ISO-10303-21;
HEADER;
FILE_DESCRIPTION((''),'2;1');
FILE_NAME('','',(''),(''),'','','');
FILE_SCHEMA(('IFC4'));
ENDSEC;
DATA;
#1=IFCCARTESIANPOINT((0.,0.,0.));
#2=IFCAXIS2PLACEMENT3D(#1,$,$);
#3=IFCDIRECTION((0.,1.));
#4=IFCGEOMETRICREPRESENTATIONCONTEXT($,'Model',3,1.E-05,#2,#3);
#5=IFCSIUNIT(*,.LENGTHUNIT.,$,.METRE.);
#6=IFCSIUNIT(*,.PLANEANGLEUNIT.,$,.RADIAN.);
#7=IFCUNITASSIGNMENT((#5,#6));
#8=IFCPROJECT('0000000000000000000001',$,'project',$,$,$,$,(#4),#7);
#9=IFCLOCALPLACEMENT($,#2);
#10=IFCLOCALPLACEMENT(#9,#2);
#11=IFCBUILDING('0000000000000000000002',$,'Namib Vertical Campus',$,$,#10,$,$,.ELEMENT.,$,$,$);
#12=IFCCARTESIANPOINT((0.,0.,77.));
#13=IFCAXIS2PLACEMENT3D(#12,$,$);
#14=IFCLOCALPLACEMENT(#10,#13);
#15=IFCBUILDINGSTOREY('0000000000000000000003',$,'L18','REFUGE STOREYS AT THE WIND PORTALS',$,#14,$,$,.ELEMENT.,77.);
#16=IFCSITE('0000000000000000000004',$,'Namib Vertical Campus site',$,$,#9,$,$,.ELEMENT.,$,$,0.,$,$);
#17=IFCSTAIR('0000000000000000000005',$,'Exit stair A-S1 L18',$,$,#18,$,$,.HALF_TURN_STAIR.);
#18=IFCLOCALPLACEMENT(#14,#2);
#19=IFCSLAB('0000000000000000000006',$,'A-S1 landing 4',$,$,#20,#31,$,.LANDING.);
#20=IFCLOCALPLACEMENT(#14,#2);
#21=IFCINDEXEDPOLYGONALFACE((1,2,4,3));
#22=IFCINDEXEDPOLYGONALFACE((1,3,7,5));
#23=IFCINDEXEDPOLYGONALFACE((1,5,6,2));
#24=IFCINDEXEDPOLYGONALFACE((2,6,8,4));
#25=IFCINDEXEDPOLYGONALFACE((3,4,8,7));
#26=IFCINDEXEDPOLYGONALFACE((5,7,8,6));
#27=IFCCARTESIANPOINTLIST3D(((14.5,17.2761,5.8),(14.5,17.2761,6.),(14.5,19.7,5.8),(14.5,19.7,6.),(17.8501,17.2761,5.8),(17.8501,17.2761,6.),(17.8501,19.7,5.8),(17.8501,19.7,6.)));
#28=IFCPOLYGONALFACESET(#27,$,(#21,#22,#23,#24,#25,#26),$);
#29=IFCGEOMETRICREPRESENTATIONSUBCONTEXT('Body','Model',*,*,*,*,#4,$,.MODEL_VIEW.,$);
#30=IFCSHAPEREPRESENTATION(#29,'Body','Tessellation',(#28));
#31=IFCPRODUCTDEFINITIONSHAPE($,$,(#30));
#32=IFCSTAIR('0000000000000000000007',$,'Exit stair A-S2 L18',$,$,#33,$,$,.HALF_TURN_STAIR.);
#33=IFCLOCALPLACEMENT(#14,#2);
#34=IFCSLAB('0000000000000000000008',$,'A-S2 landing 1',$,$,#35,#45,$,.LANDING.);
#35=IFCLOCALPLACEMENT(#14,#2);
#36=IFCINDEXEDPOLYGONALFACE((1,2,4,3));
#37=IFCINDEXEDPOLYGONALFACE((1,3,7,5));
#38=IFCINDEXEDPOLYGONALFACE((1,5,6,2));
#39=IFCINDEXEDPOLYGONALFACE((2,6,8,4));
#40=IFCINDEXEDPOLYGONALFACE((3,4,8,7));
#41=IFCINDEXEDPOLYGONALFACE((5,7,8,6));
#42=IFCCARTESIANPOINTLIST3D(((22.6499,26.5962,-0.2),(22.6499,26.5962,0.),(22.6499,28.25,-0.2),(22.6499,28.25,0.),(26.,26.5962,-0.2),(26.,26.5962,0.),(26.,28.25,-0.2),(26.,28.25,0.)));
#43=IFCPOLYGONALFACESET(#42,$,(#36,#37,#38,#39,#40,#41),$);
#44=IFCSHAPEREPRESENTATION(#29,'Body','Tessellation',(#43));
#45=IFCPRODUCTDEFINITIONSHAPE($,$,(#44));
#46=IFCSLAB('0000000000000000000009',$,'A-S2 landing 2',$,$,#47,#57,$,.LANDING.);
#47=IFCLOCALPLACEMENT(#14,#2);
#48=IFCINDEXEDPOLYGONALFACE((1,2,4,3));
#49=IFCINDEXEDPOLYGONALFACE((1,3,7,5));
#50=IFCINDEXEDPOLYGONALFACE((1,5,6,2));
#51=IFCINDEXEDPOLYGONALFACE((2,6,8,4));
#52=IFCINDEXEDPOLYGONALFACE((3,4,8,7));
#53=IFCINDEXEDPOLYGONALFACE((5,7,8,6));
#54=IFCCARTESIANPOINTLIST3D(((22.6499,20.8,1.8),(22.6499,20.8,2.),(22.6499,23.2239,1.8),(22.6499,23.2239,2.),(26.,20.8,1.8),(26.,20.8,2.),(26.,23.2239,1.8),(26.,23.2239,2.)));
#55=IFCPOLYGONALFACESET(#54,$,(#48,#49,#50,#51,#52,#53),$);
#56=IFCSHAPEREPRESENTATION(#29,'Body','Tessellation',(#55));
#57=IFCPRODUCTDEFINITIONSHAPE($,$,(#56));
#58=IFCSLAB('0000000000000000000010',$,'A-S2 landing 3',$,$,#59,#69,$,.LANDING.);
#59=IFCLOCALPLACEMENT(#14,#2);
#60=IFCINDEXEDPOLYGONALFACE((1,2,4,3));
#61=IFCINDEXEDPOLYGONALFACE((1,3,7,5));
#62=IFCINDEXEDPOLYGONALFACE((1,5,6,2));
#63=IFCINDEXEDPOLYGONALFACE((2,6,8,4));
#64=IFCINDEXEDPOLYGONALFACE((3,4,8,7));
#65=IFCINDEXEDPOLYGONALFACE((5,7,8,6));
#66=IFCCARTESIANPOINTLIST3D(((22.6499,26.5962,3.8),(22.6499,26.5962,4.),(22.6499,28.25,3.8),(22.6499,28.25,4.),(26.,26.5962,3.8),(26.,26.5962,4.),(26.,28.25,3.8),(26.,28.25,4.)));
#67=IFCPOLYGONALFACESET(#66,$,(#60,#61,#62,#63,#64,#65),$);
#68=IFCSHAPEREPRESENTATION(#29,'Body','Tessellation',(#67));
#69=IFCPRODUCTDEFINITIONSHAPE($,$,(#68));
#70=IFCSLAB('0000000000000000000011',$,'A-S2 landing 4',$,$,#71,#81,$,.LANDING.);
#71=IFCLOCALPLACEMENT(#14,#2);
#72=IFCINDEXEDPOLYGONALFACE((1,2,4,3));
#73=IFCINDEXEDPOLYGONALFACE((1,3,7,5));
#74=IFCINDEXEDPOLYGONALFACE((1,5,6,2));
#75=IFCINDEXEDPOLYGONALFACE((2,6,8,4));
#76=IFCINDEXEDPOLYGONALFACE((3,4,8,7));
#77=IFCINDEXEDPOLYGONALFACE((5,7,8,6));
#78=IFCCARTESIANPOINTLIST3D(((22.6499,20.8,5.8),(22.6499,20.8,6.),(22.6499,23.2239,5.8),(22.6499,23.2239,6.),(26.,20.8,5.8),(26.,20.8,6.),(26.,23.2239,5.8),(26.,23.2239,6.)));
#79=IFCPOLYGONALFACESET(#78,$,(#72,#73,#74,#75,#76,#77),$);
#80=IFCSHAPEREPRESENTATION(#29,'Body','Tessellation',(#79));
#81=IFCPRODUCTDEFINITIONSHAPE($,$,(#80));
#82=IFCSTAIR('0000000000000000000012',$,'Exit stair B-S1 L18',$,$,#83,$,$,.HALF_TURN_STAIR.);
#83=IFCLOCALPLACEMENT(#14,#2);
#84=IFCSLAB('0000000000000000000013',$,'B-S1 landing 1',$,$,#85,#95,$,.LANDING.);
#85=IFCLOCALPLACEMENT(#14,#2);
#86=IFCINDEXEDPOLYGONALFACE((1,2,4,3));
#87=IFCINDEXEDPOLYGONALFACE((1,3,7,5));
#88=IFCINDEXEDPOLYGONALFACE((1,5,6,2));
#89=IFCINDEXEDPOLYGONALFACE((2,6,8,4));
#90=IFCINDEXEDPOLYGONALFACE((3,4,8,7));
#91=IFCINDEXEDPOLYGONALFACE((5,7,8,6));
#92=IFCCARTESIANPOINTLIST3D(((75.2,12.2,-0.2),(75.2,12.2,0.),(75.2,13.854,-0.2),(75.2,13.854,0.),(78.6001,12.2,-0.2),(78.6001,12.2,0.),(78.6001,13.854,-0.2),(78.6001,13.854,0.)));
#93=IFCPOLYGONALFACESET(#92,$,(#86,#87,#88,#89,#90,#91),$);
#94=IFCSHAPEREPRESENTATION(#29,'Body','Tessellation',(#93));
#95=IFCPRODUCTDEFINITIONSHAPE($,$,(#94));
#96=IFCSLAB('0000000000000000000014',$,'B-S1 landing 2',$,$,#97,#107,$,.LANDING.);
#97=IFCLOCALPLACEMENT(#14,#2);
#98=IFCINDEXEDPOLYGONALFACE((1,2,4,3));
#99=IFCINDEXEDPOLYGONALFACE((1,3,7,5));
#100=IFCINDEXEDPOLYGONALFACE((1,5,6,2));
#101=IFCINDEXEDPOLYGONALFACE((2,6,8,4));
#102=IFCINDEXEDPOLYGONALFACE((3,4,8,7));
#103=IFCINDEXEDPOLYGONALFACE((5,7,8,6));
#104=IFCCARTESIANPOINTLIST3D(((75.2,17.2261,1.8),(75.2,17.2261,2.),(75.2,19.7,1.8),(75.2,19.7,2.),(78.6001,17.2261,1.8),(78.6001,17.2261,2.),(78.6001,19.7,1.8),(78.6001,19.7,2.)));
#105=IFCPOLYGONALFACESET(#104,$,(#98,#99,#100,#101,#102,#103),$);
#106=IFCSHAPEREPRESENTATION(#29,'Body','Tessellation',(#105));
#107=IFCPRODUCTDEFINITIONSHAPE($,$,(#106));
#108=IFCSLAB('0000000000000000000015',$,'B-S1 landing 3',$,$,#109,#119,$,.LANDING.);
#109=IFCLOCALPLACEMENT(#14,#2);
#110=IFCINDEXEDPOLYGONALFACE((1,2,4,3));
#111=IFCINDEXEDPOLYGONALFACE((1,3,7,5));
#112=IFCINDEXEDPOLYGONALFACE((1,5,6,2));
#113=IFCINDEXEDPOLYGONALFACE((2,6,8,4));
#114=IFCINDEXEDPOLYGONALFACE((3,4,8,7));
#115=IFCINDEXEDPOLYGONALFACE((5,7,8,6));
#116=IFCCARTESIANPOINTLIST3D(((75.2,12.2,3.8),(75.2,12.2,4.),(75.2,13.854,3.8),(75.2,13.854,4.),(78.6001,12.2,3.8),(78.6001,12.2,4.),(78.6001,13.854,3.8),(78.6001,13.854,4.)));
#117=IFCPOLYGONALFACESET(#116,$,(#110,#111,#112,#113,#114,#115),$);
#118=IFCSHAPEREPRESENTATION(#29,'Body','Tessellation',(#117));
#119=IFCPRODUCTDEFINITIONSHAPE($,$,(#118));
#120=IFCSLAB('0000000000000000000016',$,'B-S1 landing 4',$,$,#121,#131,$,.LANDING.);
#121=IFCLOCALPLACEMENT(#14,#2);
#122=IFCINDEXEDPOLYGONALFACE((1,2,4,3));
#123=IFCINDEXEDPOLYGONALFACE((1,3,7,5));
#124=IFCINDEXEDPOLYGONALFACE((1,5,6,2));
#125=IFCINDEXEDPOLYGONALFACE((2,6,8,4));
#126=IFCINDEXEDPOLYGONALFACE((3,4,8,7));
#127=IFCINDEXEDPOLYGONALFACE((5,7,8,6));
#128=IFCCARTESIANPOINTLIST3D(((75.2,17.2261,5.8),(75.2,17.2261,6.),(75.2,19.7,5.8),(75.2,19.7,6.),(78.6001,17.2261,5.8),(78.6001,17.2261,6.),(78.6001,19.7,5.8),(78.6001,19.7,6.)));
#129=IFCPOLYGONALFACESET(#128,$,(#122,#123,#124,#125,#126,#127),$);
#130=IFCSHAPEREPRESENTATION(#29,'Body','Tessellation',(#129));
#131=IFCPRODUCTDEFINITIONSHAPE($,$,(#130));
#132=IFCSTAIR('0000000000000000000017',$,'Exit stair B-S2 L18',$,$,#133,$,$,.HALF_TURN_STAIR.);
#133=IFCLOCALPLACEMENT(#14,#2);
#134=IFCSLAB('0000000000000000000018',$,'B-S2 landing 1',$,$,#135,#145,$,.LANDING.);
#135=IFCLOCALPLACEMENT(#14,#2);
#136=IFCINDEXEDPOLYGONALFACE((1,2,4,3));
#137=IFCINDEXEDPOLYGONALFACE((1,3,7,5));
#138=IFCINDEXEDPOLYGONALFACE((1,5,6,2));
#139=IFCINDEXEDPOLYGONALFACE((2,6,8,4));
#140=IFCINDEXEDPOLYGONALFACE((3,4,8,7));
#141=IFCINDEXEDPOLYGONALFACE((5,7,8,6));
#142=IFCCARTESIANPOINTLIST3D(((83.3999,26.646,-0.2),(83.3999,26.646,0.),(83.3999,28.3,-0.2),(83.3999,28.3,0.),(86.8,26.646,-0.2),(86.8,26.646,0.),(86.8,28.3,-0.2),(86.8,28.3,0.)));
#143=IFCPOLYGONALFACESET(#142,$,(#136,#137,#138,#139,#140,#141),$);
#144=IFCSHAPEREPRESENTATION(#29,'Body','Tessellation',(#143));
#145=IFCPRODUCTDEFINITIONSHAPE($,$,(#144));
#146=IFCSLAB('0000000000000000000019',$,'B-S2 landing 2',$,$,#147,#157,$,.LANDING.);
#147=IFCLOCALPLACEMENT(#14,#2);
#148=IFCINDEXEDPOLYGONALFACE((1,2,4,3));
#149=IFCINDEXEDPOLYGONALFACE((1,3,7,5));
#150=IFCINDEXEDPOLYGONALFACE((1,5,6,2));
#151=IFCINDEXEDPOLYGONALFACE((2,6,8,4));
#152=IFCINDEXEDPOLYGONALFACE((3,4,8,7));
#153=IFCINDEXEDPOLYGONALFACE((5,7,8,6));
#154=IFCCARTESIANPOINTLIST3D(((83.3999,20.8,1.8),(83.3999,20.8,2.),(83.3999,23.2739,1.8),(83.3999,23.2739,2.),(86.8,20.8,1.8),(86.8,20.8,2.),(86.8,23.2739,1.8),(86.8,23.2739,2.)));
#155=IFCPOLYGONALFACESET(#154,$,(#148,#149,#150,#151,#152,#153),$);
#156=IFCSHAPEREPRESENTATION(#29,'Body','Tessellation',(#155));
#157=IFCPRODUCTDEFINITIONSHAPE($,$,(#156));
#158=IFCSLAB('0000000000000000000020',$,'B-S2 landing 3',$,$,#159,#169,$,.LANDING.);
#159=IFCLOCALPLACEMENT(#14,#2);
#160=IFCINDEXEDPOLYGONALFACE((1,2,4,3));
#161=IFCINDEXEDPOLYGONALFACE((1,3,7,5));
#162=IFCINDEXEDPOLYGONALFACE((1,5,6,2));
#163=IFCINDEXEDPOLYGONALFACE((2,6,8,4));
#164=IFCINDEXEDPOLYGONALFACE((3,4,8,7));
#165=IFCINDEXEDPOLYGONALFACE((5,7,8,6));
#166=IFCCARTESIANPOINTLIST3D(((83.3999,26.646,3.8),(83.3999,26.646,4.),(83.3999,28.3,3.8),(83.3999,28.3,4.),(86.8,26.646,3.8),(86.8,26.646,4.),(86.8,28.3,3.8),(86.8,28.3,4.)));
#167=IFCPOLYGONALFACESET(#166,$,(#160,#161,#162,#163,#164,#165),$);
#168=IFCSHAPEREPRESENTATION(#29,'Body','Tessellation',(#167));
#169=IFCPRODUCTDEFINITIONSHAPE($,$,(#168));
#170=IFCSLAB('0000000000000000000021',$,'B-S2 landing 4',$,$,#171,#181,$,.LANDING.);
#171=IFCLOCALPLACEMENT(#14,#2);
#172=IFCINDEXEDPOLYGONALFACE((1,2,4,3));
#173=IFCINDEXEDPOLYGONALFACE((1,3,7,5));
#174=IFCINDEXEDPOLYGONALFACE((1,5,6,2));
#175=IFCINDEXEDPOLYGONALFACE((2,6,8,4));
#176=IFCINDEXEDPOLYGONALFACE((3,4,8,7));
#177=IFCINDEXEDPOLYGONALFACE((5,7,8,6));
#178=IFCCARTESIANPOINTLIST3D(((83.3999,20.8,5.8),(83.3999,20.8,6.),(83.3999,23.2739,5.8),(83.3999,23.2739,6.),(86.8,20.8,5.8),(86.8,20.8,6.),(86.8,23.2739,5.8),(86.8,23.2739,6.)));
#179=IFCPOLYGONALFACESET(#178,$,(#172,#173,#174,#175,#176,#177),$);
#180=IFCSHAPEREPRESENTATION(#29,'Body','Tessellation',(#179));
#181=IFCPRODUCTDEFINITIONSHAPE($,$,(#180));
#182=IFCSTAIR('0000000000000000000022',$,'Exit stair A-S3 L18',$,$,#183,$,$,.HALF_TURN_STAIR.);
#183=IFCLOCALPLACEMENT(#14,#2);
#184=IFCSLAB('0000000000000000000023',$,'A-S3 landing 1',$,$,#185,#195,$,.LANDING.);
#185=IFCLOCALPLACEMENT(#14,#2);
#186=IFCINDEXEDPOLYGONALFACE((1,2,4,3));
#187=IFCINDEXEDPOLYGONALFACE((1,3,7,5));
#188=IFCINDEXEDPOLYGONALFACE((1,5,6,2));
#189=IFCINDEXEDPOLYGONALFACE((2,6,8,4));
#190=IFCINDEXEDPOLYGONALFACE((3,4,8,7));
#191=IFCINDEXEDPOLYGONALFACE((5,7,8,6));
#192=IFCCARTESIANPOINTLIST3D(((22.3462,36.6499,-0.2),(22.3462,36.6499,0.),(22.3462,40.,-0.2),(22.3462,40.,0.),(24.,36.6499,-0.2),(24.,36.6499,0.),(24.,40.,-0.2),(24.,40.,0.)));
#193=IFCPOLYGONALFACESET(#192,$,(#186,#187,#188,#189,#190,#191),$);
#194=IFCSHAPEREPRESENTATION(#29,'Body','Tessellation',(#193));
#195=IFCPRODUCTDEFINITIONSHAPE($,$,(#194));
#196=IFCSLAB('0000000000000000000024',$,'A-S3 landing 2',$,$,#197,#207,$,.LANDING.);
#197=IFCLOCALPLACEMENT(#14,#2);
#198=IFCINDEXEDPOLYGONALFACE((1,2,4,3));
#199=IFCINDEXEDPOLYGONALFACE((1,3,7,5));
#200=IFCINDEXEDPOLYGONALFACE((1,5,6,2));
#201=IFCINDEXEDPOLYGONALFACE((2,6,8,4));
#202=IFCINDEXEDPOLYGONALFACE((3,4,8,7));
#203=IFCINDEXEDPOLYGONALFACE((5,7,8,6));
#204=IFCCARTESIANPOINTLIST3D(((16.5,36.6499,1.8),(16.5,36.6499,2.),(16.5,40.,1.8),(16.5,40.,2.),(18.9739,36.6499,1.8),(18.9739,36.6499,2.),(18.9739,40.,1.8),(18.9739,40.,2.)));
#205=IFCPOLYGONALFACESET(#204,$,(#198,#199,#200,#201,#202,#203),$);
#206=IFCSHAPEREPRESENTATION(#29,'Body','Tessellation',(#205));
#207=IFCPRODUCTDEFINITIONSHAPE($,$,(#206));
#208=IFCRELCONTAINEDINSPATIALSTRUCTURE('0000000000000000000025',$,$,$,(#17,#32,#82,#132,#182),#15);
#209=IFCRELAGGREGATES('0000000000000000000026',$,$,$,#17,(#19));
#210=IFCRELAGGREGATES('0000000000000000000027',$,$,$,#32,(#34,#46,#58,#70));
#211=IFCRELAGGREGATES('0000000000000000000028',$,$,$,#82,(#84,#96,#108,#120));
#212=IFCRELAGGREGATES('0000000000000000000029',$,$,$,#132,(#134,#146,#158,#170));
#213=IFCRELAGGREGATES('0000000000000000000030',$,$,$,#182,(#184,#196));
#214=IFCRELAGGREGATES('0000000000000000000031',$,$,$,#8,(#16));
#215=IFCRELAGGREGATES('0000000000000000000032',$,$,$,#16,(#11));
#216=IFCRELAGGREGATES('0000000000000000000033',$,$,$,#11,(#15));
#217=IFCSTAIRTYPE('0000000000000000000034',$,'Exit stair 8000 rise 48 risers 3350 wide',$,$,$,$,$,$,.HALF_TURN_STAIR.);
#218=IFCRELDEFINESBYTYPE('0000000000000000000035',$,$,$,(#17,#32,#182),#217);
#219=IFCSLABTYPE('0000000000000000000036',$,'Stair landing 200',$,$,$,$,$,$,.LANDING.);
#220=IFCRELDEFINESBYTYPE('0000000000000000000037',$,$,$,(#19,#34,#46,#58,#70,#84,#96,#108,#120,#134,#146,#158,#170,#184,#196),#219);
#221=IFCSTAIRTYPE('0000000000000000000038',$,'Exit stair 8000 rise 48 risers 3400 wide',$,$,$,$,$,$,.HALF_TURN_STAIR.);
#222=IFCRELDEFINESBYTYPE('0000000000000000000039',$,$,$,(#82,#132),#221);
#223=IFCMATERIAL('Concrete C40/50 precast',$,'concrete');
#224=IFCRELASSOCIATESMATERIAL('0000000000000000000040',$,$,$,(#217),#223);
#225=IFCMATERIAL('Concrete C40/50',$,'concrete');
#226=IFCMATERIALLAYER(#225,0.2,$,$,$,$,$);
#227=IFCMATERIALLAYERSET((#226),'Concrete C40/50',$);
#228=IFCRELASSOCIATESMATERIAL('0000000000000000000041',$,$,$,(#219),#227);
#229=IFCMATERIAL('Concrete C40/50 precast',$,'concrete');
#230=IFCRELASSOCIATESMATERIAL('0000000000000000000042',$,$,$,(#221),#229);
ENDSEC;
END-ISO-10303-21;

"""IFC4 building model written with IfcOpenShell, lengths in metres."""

from ifc_helpers import new_model, si_unit, direction, frame, origin, place, context, subcontext, project, spatial, polyline, outline, extrude, material, layer, layer_set, type_object, element, aggregate, save


model = new_model("IFC4")

# Units and contexts
model_context = context("Model", 3, precision=1e-05, world=origin(), true_north=direction((0.0, 1.0)))
body_context = subcontext(model_context, "Body", "Model", "MODEL_VIEW")
ifc_project = project(units=[si_unit("LENGTHUNIT", "METRE"), si_unit("PLANEANGLEUNIT", "RADIAN")], contexts=[model_context])

# Site, building, storey
site_placement = place(None, origin())
site = spatial("IfcSite", under=ifc_project, at=site_placement, Name="Namib Vertical Campus site", CompositionType="ELEMENT", RefElevation=0.0)
building_placement = place(site_placement, origin())
building = spatial("IfcBuilding", under=site, at=building_placement, Name="Namib Vertical Campus", CompositionType="ELEMENT")
storey_placement = place(building_placement, frame((0.0, 0.0, 77.0)))
storey = spatial("IfcBuildingStorey", under=building, at=storey_placement, Name="L18", Description="REFUGE STOREYS AT THE WIND PORTALS", CompositionType="ELEMENT", Elevation=77.0)

# Stairs, slabs
ifc_material_1 = material(Name="Concrete C40/50 precast", Category="concrete")
stair_type_1 = type_object("IfcStairType", Name="Exit stair 8000 rise 48 risers 3350 wide", PredefinedType="HALF_TURN_STAIR", material=ifc_material_1)
stair_1_placement = place(storey_placement, origin())
stair_1 = element("IfcStair", 1, at=stair_1_placement, inside=storey, type_object=stair_type_1, Name="Exit stair A-S1 L18", PredefinedType="HALF_TURN_STAIR")
ifc_material_2 = material(Name="Concrete C40/50", Category="concrete")
ifc_layer_1 = layer(ifc_material_2, 0.2)
ifc_layer_set_1 = layer_set([ifc_layer_1], Name="Concrete C40/50")
slab_type_1 = type_object("IfcSlabType", Name="Stair landing 200", PredefinedType="LANDING", material=ifc_layer_set_1)
slab_1_placement = place(storey_placement, frame((0.0, 0.0, 5.8)))
slab_1 = element("IfcSlab", 2, at=slab_1_placement, type_object=slab_type_1, Name="A-S1 landing 4", PredefinedType="LANDING", context=body_context, shape_type="SweptSolid", body=[
    extrude(outline(polyline([(14.5, 17.2761), (17.8501, 17.2761), (17.8501, 19.7), (14.5, 19.7), (14.5, 17.2761)])), origin(), (0.0, 0.0, 1.0), 0.2),
])
aggregate(stair_1, [slab_1])
stair_2_placement = place(storey_placement, origin())
stair_2 = element("IfcStair", 3, at=stair_2_placement, inside=storey, type_object=stair_type_1, Name="Exit stair A-S2 L18", PredefinedType="HALF_TURN_STAIR")
slab_2_placement = place(storey_placement, frame((0.0, 0.0, -0.2)))
slab_2 = element("IfcSlab", 4, at=slab_2_placement, type_object=slab_type_1, Name="A-S2 landing 1", PredefinedType="LANDING", context=body_context, shape_type="SweptSolid", body=[
    extrude(outline(polyline([(22.6499, 26.5962), (26.0, 26.5962), (26.0, 28.25), (22.6499, 28.25), (22.6499, 26.5962)])), origin(), (0.0, 0.0, 1.0), 0.2),
])
slab_3_placement = place(storey_placement, frame((0.0, 0.0, 1.8)))
slab_3 = element("IfcSlab", 5, at=slab_3_placement, type_object=slab_type_1, Name="A-S2 landing 2", PredefinedType="LANDING", context=body_context, shape_type="SweptSolid", body=[
    extrude(outline(polyline([(22.6499, 20.8), (26.0, 20.8), (26.0, 23.2239), (22.6499, 23.2239), (22.6499, 20.8)])), origin(), (0.0, 0.0, 1.0), 0.2),
])
slab_4_placement = place(storey_placement, frame((0.0, 0.0, 3.8)))
slab_4 = element("IfcSlab", 6, at=slab_4_placement, type_object=slab_type_1, Name="A-S2 landing 3", PredefinedType="LANDING", context=body_context, shape_type="SweptSolid", body=[
    extrude(outline(polyline([(22.6499, 26.5962), (26.0, 26.5962), (26.0, 28.25), (22.6499, 28.25), (22.6499, 26.5962)])), origin(), (0.0, 0.0, 1.0), 0.2),
])
slab_5_placement = place(storey_placement, frame((0.0, 0.0, 5.8)))
slab_5 = element("IfcSlab", 7, at=slab_5_placement, type_object=slab_type_1, Name="A-S2 landing 4", PredefinedType="LANDING", context=body_context, shape_type="SweptSolid", body=[
    extrude(outline(polyline([(22.6499, 20.8), (26.0, 20.8), (26.0, 23.2239), (22.6499, 23.2239), (22.6499, 20.8)])), origin(), (0.0, 0.0, 1.0), 0.2),
])
aggregate(stair_2, [slab_2, slab_3, slab_4, slab_5])
ifc_material_3 = material(Name="Concrete C40/50 precast", Category="concrete")
stair_type_2 = type_object("IfcStairType", Name="Exit stair 8000 rise 48 risers 3400 wide", PredefinedType="HALF_TURN_STAIR", material=ifc_material_3)
stair_3_placement = place(storey_placement, origin())
stair_3 = element("IfcStair", 8, at=stair_3_placement, inside=storey, type_object=stair_type_2, Name="Exit stair B-S1 L18", PredefinedType="HALF_TURN_STAIR")
slab_6_placement = place(storey_placement, frame((0.0, 0.0, -0.2)))
slab_6 = element("IfcSlab", 9, at=slab_6_placement, type_object=slab_type_1, Name="B-S1 landing 1", PredefinedType="LANDING", context=body_context, shape_type="SweptSolid", body=[
    extrude(outline(polyline([(75.2, 12.2), (78.6001, 12.2), (78.6001, 13.854), (75.2, 13.854), (75.2, 12.2)])), origin(), (0.0, 0.0, 1.0), 0.2),
])
slab_7_placement = place(storey_placement, frame((0.0, 0.0, 1.8)))
slab_7 = element("IfcSlab", 10, at=slab_7_placement, type_object=slab_type_1, Name="B-S1 landing 2", PredefinedType="LANDING", context=body_context, shape_type="SweptSolid", body=[
    extrude(outline(polyline([(75.2, 17.2261), (78.6001, 17.2261), (78.6001, 19.7), (75.2, 19.7), (75.2, 17.2261)])), origin(), (0.0, 0.0, 1.0), 0.2),
])
slab_8_placement = place(storey_placement, frame((0.0, 0.0, 3.8)))
slab_8 = element("IfcSlab", 11, at=slab_8_placement, type_object=slab_type_1, Name="B-S1 landing 3", PredefinedType="LANDING", context=body_context, shape_type="SweptSolid", body=[
    extrude(outline(polyline([(75.2, 12.2), (78.6001, 12.2), (78.6001, 13.854), (75.2, 13.854), (75.2, 12.2)])), origin(), (0.0, 0.0, 1.0), 0.2),
])
slab_9_placement = place(storey_placement, frame((0.0, 0.0, 5.8)))
slab_9 = element("IfcSlab", 12, at=slab_9_placement, type_object=slab_type_1, Name="B-S1 landing 4", PredefinedType="LANDING", context=body_context, shape_type="SweptSolid", body=[
    extrude(outline(polyline([(75.2, 17.2261), (78.6001, 17.2261), (78.6001, 19.7), (75.2, 19.7), (75.2, 17.2261)])), origin(), (0.0, 0.0, 1.0), 0.2),
])
aggregate(stair_3, [slab_6, slab_7, slab_8, slab_9])
stair_4_placement = place(storey_placement, origin())
stair_4 = element("IfcStair", 13, at=stair_4_placement, inside=storey, type_object=stair_type_2, Name="Exit stair B-S2 L18", PredefinedType="HALF_TURN_STAIR")
slab_10_placement = place(storey_placement, frame((0.0, 0.0, -0.2)))
slab_10 = element("IfcSlab", 14, at=slab_10_placement, type_object=slab_type_1, Name="B-S2 landing 1", PredefinedType="LANDING", context=body_context, shape_type="SweptSolid", body=[
    extrude(outline(polyline([(83.3999, 26.646), (86.8, 26.646), (86.8, 28.3), (83.3999, 28.3), (83.3999, 26.646)])), origin(), (0.0, 0.0, 1.0), 0.2),
])
slab_11_placement = place(storey_placement, frame((0.0, 0.0, 1.8)))
slab_11 = element("IfcSlab", 15, at=slab_11_placement, type_object=slab_type_1, Name="B-S2 landing 2", PredefinedType="LANDING", context=body_context, shape_type="SweptSolid", body=[
    extrude(outline(polyline([(83.3999, 20.8), (86.8, 20.8), (86.8, 23.2739), (83.3999, 23.2739), (83.3999, 20.8)])), origin(), (0.0, 0.0, 1.0), 0.2),
])
slab_12_placement = place(storey_placement, frame((0.0, 0.0, 3.8)))
slab_12 = element("IfcSlab", 16, at=slab_12_placement, type_object=slab_type_1, Name="B-S2 landing 3", PredefinedType="LANDING", context=body_context, shape_type="SweptSolid", body=[
    extrude(outline(polyline([(83.3999, 26.646), (86.8, 26.646), (86.8, 28.3), (83.3999, 28.3), (83.3999, 26.646)])), origin(), (0.0, 0.0, 1.0), 0.2),
])
slab_13_placement = place(storey_placement, frame((0.0, 0.0, 5.8)))
slab_13 = element("IfcSlab", 17, at=slab_13_placement, type_object=slab_type_1, Name="B-S2 landing 4", PredefinedType="LANDING", context=body_context, shape_type="SweptSolid", body=[
    extrude(outline(polyline([(83.3999, 20.8), (86.8, 20.8), (86.8, 23.2739), (83.3999, 23.2739), (83.3999, 20.8)])), origin(), (0.0, 0.0, 1.0), 0.2),
])
aggregate(stair_4, [slab_10, slab_11, slab_12, slab_13])
stair_5_placement = place(storey_placement, origin())
stair_5 = element("IfcStair", 18, at=stair_5_placement, inside=storey, type_object=stair_type_1, Name="Exit stair A-S3 L18", PredefinedType="HALF_TURN_STAIR")
slab_14_placement = place(storey_placement, frame((0.0, 0.0, -0.2)))
slab_14 = element("IfcSlab", 19, at=slab_14_placement, type_object=slab_type_1, Name="A-S3 landing 1", PredefinedType="LANDING", context=body_context, shape_type="SweptSolid", body=[
    extrude(outline(polyline([(22.3462, 36.6499), (22.3462, 40.0), (24.0, 40.0), (24.0, 36.6499), (22.3462, 36.6499)])), origin(), (0.0, 0.0, 1.0), 0.2),
])
slab_15_placement = place(storey_placement, frame((0.0, 0.0, 1.8)))
slab_15 = element("IfcSlab", 20, at=slab_15_placement, type_object=slab_type_1, Name="A-S3 landing 2", PredefinedType="LANDING", context=body_context, shape_type="SweptSolid", body=[
    extrude(outline(polyline([(16.5, 36.6499), (16.5, 40.0), (18.9739, 40.0), (18.9739, 36.6499), (16.5, 36.6499)])), origin(), (0.0, 0.0, 1.0), 0.2),
])
aggregate(stair_5, [slab_14, slab_15])

save(model, "model.ifc")
